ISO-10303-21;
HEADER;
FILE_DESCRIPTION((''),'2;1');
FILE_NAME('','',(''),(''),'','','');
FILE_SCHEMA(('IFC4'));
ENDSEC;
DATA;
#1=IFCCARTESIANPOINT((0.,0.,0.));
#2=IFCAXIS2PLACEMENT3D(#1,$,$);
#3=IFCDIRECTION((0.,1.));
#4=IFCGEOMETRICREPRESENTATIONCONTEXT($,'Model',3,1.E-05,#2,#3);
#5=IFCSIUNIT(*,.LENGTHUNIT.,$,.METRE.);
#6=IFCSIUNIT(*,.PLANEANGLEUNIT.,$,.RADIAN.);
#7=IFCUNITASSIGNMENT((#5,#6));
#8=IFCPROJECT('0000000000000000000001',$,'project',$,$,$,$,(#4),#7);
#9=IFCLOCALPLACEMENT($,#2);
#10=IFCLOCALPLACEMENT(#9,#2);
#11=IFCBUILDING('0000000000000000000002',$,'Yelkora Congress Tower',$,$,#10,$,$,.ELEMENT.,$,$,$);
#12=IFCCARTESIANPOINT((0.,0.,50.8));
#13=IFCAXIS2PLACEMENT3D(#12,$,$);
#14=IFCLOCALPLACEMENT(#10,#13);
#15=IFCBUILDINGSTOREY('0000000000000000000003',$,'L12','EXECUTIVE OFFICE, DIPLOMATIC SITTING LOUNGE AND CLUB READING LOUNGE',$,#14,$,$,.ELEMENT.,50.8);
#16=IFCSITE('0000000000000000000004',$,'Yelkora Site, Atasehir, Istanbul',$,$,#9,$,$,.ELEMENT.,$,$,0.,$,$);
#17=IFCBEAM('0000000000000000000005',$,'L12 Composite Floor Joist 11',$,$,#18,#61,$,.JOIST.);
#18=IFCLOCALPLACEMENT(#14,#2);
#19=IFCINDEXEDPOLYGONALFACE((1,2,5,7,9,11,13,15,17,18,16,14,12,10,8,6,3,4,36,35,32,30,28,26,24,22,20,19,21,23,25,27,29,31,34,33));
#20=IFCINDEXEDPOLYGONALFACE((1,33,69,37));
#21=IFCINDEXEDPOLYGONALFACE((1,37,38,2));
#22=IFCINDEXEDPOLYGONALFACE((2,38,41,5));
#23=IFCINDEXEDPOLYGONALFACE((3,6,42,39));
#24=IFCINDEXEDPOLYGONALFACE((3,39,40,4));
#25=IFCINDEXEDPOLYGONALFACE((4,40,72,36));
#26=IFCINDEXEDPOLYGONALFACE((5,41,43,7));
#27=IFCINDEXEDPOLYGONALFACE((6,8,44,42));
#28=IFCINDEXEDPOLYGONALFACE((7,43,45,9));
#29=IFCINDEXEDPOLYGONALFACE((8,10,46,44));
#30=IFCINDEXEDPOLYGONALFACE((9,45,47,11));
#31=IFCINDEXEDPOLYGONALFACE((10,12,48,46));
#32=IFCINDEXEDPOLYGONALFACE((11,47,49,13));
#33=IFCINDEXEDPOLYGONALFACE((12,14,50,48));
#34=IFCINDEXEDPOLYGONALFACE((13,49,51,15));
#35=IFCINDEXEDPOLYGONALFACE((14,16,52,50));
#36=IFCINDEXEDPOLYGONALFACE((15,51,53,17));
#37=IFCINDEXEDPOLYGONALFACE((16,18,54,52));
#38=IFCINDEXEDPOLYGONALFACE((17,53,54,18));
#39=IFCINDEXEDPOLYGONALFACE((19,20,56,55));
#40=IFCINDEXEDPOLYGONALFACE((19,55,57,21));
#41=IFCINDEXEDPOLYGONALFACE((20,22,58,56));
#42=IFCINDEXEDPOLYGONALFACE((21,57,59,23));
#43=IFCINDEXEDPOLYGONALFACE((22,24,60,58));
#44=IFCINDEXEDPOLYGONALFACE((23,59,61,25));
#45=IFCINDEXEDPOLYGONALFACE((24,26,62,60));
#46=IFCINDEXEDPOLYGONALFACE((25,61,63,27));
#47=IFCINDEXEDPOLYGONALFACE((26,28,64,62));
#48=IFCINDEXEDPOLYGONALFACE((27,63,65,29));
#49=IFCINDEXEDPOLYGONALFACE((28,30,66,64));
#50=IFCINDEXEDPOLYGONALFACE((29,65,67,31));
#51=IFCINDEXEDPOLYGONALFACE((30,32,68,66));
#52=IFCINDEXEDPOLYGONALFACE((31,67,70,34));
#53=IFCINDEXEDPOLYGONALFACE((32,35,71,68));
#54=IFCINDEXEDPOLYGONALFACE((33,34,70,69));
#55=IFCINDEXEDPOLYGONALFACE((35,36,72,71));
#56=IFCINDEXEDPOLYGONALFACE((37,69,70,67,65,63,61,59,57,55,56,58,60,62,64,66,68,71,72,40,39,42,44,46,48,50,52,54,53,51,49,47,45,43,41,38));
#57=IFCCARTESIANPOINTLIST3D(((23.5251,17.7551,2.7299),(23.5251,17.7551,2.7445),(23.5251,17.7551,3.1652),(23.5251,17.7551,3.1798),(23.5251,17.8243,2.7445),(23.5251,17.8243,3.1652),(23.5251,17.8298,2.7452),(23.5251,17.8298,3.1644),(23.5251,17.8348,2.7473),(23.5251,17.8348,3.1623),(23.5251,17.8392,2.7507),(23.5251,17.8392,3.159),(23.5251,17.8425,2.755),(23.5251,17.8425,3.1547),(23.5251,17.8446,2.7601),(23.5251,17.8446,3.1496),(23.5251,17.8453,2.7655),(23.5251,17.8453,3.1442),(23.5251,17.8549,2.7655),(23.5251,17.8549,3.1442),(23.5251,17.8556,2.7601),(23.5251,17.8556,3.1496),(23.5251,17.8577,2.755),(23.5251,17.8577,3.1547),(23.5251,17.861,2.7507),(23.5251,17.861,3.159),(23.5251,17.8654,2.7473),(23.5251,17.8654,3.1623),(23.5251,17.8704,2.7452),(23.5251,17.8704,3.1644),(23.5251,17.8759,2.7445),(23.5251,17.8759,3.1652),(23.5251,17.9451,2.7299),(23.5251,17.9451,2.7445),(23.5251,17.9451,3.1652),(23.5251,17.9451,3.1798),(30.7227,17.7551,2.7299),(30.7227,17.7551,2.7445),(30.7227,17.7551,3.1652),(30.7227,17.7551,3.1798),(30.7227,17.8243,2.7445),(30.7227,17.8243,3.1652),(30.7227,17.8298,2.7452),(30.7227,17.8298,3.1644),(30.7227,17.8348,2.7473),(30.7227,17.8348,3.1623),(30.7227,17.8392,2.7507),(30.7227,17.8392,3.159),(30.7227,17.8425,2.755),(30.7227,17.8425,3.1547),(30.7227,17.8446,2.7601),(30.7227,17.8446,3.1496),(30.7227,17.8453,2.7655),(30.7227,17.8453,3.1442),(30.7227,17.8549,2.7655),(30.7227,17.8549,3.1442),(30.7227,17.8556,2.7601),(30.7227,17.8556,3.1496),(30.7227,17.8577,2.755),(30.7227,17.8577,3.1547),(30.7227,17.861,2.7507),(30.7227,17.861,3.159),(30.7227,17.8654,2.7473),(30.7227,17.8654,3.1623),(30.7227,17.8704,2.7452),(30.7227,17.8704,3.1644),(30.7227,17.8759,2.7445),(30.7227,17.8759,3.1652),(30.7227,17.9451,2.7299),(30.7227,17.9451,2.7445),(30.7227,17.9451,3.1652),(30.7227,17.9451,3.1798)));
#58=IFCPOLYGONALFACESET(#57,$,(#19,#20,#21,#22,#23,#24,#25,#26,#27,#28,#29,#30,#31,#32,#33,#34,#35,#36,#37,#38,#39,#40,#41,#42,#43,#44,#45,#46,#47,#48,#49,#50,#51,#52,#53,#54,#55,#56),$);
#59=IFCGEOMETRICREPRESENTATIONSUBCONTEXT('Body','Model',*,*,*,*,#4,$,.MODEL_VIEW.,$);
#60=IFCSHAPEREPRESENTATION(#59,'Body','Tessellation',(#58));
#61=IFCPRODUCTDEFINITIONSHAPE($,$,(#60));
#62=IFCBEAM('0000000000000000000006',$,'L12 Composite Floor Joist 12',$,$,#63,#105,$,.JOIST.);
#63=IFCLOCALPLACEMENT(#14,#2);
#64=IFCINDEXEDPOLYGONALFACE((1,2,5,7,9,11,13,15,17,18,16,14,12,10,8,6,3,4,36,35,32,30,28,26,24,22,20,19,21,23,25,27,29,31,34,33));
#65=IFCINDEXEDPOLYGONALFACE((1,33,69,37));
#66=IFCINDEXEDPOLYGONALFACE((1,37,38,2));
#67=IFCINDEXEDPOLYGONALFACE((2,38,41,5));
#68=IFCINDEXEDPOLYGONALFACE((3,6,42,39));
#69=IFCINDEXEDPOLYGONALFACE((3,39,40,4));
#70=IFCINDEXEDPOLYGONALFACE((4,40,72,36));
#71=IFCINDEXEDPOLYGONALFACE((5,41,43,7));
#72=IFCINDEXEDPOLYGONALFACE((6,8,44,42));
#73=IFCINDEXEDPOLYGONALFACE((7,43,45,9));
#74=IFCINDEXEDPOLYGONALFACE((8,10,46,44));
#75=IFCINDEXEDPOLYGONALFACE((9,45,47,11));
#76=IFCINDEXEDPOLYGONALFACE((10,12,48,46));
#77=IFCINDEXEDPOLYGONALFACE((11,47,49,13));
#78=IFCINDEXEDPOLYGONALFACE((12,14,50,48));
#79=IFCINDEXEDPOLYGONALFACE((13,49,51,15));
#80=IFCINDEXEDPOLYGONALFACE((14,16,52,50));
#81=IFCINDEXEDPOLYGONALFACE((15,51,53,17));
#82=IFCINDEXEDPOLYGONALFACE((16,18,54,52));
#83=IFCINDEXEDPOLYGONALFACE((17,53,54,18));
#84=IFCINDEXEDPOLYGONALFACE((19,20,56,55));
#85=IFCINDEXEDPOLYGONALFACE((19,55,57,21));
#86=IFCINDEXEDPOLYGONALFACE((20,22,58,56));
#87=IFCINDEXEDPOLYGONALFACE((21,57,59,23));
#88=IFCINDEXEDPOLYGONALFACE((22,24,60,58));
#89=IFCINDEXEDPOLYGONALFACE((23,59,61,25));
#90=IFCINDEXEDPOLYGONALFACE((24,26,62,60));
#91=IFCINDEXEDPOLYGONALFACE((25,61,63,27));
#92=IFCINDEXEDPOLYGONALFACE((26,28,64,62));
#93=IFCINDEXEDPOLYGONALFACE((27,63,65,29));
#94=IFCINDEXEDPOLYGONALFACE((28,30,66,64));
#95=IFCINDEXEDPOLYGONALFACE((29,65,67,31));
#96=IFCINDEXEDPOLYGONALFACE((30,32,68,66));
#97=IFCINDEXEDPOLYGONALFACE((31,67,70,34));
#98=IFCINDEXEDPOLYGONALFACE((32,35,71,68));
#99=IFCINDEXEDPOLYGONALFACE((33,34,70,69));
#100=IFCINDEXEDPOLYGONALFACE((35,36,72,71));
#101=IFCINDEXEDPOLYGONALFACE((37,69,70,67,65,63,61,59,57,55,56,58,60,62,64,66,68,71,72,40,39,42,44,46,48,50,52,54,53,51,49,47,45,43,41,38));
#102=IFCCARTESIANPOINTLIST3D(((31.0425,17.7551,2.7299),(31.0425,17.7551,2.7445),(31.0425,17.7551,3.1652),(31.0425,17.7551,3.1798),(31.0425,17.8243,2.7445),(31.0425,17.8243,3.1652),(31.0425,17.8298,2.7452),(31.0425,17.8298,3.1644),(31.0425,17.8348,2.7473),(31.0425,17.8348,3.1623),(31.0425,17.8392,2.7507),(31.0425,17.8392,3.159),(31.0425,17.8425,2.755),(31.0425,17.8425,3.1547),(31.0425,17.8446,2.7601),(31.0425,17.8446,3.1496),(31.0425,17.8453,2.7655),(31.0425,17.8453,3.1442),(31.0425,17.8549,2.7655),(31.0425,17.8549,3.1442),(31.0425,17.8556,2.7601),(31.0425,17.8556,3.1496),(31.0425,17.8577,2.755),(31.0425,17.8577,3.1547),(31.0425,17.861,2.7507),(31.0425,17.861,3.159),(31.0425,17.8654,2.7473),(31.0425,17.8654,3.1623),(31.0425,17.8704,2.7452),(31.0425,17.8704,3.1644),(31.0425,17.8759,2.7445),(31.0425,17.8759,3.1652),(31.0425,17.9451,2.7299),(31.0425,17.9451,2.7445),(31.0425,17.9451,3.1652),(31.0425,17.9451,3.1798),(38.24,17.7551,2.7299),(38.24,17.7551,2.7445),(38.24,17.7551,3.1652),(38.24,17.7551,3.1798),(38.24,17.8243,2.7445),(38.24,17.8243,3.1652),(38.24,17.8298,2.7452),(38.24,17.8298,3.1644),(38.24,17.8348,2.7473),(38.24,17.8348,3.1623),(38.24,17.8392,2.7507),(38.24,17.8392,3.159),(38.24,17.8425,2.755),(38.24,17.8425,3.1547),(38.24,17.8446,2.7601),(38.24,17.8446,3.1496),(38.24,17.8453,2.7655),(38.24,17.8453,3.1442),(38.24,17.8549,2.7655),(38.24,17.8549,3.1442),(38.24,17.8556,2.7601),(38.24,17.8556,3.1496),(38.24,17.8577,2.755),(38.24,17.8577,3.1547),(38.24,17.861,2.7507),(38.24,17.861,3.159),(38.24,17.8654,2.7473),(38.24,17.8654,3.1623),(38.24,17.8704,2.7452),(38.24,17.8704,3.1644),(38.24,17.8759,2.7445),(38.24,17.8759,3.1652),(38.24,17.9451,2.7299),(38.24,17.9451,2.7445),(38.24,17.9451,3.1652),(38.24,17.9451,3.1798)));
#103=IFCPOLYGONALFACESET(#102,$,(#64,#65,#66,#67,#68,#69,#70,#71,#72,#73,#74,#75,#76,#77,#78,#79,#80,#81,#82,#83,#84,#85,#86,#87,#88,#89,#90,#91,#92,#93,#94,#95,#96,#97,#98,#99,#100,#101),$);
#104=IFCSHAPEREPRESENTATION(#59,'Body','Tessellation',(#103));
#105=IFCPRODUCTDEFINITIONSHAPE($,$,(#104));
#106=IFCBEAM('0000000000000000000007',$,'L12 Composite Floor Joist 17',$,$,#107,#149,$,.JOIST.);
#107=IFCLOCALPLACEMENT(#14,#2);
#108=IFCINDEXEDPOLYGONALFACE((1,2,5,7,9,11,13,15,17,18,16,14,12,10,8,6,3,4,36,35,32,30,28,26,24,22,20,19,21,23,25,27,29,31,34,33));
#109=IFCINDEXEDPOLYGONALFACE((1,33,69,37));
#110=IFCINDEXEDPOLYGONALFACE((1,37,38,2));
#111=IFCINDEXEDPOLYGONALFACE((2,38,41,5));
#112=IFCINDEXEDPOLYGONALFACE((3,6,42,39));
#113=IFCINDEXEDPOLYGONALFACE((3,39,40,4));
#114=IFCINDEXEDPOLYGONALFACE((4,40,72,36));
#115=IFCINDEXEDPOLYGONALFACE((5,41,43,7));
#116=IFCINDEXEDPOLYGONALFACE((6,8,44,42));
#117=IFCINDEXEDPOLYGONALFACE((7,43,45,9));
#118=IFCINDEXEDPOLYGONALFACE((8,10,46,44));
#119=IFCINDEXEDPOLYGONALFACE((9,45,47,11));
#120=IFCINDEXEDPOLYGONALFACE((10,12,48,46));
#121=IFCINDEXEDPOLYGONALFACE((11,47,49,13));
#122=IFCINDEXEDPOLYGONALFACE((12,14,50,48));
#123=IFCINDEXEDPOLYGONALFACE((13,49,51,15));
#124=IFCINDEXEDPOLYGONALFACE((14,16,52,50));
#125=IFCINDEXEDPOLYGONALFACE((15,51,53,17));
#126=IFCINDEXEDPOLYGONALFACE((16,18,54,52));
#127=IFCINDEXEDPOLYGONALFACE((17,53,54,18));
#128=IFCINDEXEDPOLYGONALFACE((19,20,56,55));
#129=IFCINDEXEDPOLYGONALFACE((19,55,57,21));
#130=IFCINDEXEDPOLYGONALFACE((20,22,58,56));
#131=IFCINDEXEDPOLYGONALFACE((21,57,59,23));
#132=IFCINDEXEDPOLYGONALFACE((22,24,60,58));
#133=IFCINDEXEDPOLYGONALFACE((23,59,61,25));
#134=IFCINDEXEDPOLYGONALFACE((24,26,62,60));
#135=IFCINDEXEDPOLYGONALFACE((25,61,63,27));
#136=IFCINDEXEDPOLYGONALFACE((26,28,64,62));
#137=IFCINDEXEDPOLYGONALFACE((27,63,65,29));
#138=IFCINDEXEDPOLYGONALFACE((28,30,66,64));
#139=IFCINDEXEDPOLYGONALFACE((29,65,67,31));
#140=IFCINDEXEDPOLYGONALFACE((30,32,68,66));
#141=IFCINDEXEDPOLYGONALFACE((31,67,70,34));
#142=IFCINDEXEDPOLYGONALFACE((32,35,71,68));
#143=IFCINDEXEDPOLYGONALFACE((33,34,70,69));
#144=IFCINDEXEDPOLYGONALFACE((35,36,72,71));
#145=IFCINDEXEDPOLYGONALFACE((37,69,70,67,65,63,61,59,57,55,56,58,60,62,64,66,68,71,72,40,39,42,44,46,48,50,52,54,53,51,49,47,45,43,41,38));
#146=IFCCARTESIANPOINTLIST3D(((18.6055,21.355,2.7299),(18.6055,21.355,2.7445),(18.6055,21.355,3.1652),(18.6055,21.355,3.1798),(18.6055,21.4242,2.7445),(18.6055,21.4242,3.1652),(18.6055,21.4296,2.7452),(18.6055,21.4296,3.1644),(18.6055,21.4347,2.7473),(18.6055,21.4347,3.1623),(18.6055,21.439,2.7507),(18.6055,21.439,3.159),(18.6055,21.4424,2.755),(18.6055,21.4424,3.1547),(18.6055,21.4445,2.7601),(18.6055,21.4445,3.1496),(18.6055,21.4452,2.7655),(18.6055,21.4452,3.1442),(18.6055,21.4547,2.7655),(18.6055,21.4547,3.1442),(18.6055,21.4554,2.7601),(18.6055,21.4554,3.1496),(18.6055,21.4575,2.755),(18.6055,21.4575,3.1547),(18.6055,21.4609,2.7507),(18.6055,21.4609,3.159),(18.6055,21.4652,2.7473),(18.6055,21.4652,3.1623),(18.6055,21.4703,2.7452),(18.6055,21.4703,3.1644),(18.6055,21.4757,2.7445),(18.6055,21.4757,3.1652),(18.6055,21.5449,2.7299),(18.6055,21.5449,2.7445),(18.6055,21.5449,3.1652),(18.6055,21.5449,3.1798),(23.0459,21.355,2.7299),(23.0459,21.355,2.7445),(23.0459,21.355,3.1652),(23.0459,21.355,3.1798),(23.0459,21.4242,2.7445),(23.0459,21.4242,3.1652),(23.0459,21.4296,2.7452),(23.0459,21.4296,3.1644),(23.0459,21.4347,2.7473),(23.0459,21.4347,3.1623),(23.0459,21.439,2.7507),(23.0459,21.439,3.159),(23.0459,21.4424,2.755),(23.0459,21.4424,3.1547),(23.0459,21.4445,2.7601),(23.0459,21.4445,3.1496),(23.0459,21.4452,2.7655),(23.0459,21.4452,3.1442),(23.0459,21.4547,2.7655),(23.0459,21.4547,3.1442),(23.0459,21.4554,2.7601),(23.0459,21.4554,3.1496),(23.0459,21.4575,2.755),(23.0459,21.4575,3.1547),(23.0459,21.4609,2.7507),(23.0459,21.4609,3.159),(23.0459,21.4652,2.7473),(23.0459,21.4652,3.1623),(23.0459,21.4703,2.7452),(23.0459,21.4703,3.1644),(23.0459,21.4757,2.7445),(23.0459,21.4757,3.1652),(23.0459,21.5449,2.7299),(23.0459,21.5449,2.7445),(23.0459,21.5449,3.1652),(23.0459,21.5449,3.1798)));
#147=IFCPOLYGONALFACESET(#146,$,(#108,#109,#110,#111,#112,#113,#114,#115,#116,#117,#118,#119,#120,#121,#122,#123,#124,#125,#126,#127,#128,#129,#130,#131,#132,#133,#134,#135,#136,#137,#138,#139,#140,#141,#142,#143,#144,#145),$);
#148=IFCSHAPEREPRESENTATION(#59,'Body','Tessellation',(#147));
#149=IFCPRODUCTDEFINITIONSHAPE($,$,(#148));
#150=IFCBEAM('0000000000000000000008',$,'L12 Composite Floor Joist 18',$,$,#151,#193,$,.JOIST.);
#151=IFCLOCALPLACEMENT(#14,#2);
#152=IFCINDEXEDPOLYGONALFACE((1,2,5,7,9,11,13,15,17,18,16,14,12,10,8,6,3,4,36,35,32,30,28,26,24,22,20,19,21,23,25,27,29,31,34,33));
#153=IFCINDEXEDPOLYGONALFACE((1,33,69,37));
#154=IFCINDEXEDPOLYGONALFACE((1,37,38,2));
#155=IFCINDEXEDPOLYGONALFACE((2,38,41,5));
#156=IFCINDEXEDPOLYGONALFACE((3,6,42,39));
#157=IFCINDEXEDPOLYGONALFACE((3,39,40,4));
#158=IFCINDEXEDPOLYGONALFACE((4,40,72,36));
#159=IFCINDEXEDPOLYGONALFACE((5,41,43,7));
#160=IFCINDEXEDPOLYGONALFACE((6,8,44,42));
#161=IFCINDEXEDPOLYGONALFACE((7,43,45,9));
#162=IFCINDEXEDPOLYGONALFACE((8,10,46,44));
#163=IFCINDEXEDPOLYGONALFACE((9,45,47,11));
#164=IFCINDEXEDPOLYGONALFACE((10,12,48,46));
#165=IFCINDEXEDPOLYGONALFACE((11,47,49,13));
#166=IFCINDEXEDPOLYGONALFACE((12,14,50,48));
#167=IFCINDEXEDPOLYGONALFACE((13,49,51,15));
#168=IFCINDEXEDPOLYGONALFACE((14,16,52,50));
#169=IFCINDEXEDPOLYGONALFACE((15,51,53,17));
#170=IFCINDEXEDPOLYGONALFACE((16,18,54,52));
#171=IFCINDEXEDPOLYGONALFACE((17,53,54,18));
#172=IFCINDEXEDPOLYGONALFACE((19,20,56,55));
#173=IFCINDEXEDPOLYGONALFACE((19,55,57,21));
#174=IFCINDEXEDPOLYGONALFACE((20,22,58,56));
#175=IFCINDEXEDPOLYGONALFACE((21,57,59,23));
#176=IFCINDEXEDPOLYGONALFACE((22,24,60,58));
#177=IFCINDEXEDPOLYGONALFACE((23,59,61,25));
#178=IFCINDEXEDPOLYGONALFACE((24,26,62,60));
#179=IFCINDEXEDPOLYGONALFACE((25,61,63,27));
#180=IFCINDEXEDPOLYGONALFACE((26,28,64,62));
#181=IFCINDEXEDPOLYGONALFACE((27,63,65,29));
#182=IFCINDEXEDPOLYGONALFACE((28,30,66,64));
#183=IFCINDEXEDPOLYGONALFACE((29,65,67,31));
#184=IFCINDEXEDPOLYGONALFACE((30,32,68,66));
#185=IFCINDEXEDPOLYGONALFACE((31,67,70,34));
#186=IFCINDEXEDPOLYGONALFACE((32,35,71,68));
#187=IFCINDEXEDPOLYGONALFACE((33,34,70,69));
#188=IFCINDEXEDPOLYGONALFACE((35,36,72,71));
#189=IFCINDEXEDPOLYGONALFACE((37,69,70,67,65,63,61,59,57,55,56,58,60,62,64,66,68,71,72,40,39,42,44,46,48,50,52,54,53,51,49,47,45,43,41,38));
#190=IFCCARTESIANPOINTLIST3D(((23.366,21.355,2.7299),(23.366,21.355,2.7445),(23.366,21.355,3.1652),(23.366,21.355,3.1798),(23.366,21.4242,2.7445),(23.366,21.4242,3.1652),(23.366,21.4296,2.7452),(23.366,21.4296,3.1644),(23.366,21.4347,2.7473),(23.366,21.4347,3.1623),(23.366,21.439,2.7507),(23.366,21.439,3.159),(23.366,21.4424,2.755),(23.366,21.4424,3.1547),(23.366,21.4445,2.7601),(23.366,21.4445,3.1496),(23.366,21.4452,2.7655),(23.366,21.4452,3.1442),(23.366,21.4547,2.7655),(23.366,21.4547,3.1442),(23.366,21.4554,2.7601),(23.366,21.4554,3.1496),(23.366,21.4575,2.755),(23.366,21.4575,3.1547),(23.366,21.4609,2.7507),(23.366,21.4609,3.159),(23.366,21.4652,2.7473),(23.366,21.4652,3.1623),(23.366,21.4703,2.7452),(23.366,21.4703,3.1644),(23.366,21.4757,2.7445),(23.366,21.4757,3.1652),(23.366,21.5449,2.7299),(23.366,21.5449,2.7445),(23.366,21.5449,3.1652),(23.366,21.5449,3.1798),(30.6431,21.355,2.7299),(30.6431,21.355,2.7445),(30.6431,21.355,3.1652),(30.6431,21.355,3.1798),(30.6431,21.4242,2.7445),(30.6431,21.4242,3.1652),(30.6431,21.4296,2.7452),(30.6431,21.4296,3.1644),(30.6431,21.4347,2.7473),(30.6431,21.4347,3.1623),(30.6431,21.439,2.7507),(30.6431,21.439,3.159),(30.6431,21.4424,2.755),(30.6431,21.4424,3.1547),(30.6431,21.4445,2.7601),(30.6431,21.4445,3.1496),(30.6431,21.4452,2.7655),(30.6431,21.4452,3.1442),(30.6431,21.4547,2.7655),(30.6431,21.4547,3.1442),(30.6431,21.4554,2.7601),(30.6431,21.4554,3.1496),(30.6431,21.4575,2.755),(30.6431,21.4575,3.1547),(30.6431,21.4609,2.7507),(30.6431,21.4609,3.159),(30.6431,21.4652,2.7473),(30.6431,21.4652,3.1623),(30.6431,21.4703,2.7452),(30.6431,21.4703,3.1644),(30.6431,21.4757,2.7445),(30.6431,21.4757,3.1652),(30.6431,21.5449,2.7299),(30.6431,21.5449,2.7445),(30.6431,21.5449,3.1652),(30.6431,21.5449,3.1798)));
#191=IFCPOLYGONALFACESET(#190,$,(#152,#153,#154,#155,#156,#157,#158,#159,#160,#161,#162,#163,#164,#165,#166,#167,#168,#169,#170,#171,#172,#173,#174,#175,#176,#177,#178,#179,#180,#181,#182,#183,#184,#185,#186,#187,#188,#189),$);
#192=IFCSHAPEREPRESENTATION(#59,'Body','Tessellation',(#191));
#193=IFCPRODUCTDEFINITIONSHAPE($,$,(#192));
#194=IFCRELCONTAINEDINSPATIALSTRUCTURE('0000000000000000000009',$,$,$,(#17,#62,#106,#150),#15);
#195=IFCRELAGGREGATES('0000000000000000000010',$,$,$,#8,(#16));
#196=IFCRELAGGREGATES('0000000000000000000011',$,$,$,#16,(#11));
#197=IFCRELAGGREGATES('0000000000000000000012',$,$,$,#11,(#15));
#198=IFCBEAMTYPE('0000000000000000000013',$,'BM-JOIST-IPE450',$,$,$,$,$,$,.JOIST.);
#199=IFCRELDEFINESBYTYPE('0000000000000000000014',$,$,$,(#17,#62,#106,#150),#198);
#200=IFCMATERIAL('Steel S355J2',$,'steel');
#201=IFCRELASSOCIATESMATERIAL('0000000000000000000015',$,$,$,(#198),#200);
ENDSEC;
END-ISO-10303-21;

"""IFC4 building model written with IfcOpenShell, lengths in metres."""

from ifc_helpers import new_model, si_unit, direction, frame, origin, origin_2d, place, context, subcontext, project, spatial, i_section, extrude, material, material_profile, profile_set, type_object, element, save


model = new_model("IFC4")

# Units and contexts
model_context = context("Model", 3, precision=1e-05, world=origin(), true_north=direction((0.0, 1.0)))
body_context = subcontext(model_context, "Body", "Model", "MODEL_VIEW")
ifc_project = project(units=[si_unit("LENGTHUNIT", "METRE"), si_unit("PLANEANGLEUNIT", "RADIAN")], contexts=[model_context])

# Site, building, storey
site_placement = place(None, origin())
site = spatial("IfcSite", under=ifc_project, at=site_placement, Name="Yelkora Site, Atasehir, Istanbul", CompositionType="ELEMENT", RefElevation=0.0)
building_placement = place(site_placement, origin())
building = spatial("IfcBuilding", under=site, at=building_placement, Name="Yelkora Congress Tower", CompositionType="ELEMENT")
storey_placement = place(building_placement, frame((0.0, 0.0, 50.8)))
storey = spatial("IfcBuildingStorey", under=building, at=storey_placement, Name="L12", Description="EXECUTIVE OFFICE, DIPLOMATIC SITTING LOUNGE AND CLUB READING LOUNGE", CompositionType="ELEMENT", Elevation=50.8)

# Beams
ifc_material_1 = material(Name="Steel S355J2", Category="steel")
ifc_material_profile_1 = material_profile(ifc_material_1, i_section(OverallWidth=0.1899, OverallDepth=0.45, WebThickness=0.0095, FlangeThickness=0.0146, FilletRadius=0.021, at=origin_2d()), Name="IPE 450")
ifc_profile_set_1 = profile_set([ifc_material_profile_1], Name="Steel S355J2")
beam_type_1 = type_object("IfcBeamType", Name="BM-JOIST-IPE450", PredefinedType="JOIST", material=ifc_profile_set_1)
for number, where, z_axis, x_axis, name in (
    (1, (23.5251, 17.8501, 2.9548), (1.0, 0.0, 0.0), (0.0, 1.0, 0.0), "L12 Composite Floor Joist 11"),
    (2, (31.0425, 17.8501, 2.9548), (1.0, 0.0, 0.0), (0.0, 1.0, 0.0), "L12 Composite Floor Joist 12"),
):
    element("IfcBeam", number, at=place(storey_placement, frame(where, z_axis=z_axis, x_axis=x_axis)), inside=storey, type_object=beam_type_1, Name=name, PredefinedType="JOIST", context=body_context, shape_type="SweptSolid", body=[
        extrude(i_section(OverallWidth=0.1899, OverallDepth=0.45, WebThickness=0.0095, FlangeThickness=0.0146, FilletRadius=0.021, at=origin_2d()), origin(), (0.0, 0.0, 1.0), 7.1975),
    ])
beam_1_placement = place(storey_placement, frame((18.6055, 21.45, 2.9548), z_axis=(1.0, 0.0, 0.0), x_axis=(0.0, 1.0, 0.0)))
element("IfcBeam", 3, at=beam_1_placement, inside=storey, type_object=beam_type_1, Name="L12 Composite Floor Joist 17", PredefinedType="JOIST", context=body_context, shape_type="SweptSolid", body=[
    extrude(i_section(OverallWidth=0.1899, OverallDepth=0.45, WebThickness=0.0095, FlangeThickness=0.0146, FilletRadius=0.021, at=origin_2d()), origin(), (0.0, 0.0, 1.0), 4.4404),
])
for number, where, z_axis, x_axis, name in (
    (4, (23.366, 21.45, 2.9548), (1.0, 0.0, 0.0), (0.0, 1.0, 0.0), "L12 Composite Floor Joist 18"),
):
    element("IfcBeam", number, at=place(storey_placement, frame(where, z_axis=z_axis, x_axis=x_axis)), inside=storey, type_object=beam_type_1, Name=name, PredefinedType="JOIST", context=body_context, shape_type="SweptSolid", body=[
        extrude(i_section(OverallWidth=0.1899, OverallDepth=0.45, WebThickness=0.0095, FlangeThickness=0.0146, FilletRadius=0.021, at=origin_2d()), origin(), (0.0, 0.0, 1.0), 7.2771),
    ])

save(model, "model.ifc")
